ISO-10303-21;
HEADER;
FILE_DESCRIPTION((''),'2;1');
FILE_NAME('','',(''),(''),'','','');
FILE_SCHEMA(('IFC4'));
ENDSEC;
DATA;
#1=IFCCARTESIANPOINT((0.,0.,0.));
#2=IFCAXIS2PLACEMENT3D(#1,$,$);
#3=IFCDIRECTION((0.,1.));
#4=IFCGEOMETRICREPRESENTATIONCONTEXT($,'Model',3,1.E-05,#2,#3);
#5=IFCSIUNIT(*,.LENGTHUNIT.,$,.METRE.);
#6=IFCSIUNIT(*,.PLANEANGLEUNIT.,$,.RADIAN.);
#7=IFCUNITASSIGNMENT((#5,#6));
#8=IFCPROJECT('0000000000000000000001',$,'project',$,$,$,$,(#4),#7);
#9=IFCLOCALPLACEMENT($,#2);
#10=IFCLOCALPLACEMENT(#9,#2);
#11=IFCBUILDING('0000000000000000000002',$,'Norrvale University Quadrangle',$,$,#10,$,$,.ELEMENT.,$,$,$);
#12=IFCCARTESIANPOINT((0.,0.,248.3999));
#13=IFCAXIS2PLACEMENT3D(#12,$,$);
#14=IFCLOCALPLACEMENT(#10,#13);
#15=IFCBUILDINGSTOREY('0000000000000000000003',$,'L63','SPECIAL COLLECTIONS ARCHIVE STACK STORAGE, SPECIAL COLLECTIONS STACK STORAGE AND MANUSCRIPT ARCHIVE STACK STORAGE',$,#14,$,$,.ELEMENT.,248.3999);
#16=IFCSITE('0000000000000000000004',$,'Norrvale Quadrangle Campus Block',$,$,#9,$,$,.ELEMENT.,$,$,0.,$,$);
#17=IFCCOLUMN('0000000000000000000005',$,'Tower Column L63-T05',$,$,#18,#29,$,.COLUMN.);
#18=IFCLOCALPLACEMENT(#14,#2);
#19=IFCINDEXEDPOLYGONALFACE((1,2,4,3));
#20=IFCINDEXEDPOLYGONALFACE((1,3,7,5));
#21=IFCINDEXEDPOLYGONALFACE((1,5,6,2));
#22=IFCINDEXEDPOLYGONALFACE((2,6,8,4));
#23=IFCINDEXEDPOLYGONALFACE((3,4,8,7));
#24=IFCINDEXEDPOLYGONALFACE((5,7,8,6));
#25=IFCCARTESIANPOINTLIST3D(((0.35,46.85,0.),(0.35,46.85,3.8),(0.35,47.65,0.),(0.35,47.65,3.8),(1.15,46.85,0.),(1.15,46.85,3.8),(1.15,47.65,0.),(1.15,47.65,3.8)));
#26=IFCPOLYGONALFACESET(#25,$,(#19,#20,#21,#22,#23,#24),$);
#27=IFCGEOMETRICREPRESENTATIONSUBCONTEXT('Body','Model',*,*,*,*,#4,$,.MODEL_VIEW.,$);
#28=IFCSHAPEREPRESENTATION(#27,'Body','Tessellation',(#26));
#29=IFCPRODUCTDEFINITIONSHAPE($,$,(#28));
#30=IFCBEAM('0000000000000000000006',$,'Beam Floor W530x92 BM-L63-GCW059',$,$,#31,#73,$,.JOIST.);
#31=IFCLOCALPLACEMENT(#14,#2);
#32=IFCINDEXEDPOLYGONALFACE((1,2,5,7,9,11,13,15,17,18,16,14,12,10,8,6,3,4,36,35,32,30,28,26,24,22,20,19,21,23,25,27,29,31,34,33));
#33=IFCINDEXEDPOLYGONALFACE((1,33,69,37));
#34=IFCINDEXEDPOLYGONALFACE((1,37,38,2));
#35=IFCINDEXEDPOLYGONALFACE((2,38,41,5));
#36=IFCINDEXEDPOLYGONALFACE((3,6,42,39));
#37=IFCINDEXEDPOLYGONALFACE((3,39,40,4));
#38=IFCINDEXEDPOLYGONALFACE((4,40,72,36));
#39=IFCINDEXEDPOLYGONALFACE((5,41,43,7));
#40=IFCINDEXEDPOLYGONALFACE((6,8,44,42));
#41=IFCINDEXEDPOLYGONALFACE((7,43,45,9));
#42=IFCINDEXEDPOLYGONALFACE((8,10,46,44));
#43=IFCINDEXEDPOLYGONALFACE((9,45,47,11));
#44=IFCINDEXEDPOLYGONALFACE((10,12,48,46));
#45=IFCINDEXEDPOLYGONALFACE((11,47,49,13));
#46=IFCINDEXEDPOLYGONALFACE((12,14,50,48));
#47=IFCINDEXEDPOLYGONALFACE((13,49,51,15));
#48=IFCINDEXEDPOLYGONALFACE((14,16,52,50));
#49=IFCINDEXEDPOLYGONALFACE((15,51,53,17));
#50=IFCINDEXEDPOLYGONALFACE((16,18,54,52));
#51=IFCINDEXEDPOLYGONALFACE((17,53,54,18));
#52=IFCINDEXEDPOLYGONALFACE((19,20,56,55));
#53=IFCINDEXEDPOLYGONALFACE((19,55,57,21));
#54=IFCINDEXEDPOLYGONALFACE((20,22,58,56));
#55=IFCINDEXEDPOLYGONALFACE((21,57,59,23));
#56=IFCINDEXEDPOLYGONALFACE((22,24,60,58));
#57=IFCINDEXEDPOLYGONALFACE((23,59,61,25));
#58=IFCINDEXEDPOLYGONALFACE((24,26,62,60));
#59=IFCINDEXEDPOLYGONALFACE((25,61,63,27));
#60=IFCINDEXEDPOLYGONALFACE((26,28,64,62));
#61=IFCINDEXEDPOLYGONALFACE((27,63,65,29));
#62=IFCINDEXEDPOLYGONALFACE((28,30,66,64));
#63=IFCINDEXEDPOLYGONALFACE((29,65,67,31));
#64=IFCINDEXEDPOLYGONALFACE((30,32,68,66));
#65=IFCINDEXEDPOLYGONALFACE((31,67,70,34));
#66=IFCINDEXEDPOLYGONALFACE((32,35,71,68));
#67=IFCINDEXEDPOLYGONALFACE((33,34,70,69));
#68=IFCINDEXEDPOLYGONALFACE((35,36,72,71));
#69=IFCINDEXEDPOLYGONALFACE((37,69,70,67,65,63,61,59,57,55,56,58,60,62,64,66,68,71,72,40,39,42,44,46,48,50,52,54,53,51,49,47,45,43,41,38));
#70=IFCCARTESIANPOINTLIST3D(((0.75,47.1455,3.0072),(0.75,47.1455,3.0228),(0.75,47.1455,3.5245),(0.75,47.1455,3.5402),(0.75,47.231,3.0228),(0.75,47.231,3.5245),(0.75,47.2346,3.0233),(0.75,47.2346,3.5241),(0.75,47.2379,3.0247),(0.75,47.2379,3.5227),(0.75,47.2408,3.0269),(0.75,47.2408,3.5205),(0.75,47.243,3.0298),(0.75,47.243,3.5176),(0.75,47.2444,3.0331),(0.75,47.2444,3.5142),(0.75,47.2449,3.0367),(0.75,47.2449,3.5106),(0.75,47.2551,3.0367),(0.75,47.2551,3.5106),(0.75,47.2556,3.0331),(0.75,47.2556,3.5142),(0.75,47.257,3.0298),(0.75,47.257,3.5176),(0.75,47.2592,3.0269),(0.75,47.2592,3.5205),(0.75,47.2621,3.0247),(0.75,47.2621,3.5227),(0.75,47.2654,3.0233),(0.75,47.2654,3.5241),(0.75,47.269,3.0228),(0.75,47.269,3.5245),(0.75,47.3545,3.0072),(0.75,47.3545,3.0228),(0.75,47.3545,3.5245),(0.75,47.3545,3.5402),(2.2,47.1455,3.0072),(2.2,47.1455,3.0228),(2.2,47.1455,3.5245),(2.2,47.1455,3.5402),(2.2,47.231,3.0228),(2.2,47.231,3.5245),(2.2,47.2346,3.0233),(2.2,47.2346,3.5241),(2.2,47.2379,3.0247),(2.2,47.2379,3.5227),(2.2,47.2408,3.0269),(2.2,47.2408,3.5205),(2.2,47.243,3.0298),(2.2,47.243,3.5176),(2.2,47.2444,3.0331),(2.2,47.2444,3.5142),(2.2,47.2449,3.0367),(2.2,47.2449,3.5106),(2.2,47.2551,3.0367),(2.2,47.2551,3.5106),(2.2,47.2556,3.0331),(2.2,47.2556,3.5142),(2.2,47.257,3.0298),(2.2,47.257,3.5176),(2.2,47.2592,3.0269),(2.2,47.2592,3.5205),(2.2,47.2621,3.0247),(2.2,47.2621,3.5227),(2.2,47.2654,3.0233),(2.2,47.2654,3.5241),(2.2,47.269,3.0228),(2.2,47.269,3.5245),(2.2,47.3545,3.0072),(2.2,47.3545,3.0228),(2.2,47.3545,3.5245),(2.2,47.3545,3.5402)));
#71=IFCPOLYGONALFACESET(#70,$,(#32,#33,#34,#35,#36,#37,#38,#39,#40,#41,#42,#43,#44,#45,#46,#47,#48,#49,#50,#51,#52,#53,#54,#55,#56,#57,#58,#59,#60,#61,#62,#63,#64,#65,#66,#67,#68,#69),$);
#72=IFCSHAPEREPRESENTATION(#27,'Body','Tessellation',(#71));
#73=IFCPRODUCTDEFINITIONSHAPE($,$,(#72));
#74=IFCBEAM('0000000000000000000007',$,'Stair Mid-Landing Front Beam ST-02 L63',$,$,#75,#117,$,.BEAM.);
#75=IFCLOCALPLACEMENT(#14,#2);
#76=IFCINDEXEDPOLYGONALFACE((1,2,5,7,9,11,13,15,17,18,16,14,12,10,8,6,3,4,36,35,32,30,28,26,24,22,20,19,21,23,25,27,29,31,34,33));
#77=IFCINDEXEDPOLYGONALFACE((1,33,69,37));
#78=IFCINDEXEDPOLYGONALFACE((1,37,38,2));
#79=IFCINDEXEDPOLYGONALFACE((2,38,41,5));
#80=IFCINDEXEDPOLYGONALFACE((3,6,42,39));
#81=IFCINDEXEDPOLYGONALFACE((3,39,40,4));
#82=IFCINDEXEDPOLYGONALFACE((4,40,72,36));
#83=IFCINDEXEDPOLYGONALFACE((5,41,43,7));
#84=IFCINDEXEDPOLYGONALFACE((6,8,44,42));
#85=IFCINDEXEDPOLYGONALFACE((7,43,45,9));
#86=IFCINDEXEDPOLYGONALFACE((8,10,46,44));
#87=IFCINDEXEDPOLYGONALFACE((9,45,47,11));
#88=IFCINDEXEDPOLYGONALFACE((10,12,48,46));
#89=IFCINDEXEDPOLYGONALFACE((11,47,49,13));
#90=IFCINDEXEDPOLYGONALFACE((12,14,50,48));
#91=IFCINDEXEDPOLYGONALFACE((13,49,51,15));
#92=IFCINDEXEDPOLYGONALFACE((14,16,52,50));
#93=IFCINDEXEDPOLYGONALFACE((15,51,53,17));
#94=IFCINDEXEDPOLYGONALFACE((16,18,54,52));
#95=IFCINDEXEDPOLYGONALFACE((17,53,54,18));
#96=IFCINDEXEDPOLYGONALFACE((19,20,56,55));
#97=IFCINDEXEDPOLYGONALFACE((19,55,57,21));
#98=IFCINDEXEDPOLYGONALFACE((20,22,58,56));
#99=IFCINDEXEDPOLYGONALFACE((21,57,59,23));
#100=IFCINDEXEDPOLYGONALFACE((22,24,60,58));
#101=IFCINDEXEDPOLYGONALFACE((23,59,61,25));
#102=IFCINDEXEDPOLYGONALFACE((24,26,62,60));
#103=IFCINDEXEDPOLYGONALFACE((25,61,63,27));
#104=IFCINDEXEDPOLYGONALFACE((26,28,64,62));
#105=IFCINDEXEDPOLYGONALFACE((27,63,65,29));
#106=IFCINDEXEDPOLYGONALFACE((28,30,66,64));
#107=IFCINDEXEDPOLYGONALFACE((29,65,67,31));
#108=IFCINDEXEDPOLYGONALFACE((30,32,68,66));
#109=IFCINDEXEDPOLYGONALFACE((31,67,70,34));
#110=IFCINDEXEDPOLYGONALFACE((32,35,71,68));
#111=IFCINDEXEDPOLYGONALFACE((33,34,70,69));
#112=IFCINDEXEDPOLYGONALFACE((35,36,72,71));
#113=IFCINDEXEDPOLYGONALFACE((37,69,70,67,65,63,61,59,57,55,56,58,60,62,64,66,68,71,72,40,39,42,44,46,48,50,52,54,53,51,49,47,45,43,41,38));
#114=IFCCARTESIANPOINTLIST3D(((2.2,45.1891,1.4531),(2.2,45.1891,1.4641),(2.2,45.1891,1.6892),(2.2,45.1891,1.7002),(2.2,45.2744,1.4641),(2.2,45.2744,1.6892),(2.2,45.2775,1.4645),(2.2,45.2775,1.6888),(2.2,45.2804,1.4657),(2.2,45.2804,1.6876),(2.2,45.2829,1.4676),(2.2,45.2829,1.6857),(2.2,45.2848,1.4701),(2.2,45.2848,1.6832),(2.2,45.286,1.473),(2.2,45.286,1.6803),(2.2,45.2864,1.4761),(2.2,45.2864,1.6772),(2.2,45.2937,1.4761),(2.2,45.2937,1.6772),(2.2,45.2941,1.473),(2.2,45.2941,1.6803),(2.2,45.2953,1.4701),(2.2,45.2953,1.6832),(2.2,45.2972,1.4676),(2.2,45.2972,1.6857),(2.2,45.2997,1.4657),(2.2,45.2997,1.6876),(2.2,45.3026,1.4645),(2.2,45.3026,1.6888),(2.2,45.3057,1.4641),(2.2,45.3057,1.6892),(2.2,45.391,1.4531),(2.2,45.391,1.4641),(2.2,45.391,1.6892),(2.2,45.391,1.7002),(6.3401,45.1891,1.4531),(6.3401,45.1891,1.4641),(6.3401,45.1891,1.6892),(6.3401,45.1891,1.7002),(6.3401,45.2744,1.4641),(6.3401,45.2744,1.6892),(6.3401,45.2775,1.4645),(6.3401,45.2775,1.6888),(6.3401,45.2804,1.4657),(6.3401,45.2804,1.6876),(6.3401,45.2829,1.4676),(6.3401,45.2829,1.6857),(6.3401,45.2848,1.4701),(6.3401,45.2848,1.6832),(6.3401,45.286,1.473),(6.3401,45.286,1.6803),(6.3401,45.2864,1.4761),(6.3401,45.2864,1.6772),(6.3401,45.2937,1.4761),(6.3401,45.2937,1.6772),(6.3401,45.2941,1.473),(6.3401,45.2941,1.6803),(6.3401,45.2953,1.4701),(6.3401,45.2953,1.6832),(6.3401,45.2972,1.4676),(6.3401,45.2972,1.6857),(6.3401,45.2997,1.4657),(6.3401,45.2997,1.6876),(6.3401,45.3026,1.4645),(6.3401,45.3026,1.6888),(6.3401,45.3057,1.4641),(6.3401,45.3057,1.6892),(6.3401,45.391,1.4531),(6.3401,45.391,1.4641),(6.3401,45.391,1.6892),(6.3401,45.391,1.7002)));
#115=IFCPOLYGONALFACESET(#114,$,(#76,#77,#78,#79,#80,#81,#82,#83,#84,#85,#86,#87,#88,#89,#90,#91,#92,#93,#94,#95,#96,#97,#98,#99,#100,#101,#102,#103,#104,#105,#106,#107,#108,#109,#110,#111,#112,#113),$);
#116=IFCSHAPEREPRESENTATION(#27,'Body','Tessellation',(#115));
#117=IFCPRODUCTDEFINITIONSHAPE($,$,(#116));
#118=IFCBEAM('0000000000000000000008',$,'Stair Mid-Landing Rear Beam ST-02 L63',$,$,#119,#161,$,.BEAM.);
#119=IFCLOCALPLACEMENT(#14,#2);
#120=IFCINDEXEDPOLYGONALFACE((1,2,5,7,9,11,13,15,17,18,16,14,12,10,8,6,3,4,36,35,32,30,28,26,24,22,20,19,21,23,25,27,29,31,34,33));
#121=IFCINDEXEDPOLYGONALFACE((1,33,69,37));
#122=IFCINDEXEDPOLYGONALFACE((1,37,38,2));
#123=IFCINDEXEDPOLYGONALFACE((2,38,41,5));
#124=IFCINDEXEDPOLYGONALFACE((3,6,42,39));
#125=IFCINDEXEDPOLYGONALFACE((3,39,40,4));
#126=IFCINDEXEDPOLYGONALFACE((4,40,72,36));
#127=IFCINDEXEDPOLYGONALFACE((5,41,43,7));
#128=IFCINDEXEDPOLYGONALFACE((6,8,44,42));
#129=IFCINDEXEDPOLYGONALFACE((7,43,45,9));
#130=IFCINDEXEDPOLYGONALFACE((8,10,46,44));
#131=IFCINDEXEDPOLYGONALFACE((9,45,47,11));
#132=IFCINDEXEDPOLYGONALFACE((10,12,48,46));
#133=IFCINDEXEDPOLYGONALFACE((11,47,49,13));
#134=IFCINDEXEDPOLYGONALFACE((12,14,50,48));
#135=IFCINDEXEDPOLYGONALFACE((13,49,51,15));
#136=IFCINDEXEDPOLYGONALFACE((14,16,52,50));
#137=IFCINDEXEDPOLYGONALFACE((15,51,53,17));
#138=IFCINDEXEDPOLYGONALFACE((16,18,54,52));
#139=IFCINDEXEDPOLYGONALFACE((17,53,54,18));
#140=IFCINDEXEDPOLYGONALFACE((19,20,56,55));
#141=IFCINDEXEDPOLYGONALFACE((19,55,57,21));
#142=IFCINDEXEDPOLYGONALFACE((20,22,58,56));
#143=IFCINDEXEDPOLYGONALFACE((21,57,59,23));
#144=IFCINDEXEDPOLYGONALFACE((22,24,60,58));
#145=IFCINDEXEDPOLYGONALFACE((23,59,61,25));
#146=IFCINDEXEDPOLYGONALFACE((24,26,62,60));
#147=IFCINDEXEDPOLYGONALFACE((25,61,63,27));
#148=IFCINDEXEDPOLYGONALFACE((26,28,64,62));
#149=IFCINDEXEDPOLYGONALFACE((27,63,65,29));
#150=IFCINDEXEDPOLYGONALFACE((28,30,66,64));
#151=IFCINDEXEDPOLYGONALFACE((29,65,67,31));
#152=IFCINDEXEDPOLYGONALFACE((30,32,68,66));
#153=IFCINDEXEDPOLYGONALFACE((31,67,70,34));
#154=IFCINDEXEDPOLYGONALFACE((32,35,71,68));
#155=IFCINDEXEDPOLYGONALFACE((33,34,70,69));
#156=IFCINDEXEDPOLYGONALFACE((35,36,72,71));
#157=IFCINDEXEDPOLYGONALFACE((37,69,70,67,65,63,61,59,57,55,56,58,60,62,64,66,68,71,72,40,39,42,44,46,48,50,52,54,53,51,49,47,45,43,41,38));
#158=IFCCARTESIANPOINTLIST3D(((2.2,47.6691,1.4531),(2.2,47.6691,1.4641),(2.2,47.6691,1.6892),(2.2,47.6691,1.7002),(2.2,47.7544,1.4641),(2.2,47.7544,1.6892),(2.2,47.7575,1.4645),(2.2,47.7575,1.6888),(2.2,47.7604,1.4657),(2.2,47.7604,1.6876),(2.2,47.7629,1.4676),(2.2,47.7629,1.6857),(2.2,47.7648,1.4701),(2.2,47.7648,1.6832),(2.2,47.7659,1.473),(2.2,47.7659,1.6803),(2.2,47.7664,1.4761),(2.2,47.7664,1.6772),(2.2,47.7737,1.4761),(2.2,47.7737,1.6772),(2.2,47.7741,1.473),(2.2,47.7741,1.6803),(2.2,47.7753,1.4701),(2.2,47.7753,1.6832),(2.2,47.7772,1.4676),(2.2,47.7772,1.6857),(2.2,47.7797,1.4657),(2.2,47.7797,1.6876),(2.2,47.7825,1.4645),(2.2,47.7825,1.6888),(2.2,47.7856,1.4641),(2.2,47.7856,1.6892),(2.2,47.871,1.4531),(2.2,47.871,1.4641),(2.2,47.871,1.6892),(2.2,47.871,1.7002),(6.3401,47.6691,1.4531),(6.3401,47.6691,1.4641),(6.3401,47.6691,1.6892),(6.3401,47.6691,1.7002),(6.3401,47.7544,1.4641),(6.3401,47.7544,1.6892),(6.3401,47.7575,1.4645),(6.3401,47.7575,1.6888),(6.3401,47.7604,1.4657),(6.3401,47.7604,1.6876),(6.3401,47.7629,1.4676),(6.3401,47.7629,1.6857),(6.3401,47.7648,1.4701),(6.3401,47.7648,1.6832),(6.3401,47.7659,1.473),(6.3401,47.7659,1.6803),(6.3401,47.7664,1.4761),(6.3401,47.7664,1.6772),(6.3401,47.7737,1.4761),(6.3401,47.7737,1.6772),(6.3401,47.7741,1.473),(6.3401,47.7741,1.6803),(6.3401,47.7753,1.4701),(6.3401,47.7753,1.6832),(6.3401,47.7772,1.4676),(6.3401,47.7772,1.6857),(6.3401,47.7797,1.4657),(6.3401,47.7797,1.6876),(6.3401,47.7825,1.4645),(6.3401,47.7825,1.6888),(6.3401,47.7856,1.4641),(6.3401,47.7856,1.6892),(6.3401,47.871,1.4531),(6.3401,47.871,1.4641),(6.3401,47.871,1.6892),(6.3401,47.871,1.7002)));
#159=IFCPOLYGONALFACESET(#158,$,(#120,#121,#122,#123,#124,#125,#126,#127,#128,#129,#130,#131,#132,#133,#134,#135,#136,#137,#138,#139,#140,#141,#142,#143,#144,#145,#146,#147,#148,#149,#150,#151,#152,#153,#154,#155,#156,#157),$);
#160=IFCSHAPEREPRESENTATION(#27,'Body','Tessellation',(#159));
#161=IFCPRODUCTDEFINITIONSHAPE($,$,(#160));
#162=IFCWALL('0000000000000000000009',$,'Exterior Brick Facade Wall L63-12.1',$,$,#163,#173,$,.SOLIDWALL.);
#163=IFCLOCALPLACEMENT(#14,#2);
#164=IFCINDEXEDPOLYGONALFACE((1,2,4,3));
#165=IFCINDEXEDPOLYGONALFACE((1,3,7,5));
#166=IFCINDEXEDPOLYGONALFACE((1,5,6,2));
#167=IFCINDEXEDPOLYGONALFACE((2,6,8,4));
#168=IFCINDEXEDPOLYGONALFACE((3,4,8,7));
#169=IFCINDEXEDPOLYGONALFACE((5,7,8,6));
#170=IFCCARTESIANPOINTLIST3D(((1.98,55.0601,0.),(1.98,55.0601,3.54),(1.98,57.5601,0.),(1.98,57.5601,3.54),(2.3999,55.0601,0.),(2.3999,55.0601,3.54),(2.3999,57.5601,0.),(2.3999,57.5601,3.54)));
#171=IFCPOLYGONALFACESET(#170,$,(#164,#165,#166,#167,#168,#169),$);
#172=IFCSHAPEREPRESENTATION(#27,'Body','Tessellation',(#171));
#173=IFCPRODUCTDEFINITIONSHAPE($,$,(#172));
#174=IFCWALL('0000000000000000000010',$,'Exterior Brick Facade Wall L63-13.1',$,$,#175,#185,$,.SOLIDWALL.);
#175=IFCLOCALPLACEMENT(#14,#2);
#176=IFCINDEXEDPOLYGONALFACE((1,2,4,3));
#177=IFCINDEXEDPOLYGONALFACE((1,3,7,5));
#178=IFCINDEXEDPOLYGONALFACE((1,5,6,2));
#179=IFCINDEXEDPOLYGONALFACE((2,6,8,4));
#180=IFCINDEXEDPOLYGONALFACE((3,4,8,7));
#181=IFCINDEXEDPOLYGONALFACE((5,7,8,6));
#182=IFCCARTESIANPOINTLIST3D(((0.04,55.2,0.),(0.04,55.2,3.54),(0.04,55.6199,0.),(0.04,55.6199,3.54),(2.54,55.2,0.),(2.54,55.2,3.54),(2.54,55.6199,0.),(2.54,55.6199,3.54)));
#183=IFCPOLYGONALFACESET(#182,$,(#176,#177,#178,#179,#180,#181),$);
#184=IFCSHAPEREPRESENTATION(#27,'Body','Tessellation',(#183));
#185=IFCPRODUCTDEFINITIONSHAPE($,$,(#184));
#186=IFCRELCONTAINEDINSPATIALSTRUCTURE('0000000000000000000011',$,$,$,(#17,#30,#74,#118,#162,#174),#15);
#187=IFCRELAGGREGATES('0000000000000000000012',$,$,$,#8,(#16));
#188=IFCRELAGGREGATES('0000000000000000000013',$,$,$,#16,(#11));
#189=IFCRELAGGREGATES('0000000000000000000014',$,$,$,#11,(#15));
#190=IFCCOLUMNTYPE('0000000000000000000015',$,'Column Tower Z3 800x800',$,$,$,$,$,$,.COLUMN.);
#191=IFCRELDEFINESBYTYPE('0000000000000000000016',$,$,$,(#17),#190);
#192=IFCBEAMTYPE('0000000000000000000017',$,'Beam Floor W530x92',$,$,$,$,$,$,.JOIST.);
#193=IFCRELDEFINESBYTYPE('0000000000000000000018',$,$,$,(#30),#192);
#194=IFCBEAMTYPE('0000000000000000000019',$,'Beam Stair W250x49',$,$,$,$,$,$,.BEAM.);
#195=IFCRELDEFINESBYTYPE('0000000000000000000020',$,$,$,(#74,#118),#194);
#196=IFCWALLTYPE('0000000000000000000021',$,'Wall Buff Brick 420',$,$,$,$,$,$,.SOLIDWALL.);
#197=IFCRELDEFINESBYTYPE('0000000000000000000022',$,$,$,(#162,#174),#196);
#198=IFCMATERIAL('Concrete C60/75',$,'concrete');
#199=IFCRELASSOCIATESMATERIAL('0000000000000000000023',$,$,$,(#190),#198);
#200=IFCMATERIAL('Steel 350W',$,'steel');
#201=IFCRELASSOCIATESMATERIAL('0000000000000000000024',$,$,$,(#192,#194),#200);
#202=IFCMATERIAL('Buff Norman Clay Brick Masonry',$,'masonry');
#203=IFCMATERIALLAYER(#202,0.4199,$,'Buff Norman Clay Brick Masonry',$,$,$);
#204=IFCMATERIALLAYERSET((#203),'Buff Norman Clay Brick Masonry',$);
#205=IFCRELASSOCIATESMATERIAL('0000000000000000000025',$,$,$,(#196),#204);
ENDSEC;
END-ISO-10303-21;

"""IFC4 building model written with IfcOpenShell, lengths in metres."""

from ifc_helpers import new_model, si_unit, direction, frame, frame_2d, origin, origin_2d, place, context, subcontext, project, spatial, rectangle, i_section, extrude, material, layer, layer_set, material_profile, profile_set, type_object, element, save


model = new_model("IFC4")

# Units and contexts
model_context = context("Model", 3, precision=1e-05, world=origin(), true_north=direction((0.0, 1.0)))
body_context = subcontext(model_context, "Body", "Model", "MODEL_VIEW")
ifc_project = project(units=[si_unit("LENGTHUNIT", "METRE"), si_unit("PLANEANGLEUNIT", "RADIAN")], contexts=[model_context])

# Site, building, storey
site_placement = place(None, origin())
site = spatial("IfcSite", under=ifc_project, at=site_placement, Name="Norrvale Quadrangle Campus Block", CompositionType="ELEMENT", RefElevation=0.0)
building_placement = place(site_placement, origin())
building = spatial("IfcBuilding", under=site, at=building_placement, Name="Norrvale University Quadrangle", CompositionType="ELEMENT")
storey_placement = place(building_placement, frame((0.0, 0.0, 248.3999)))
storey = spatial("IfcBuildingStorey", under=building, at=storey_placement, Name="L63", Description="SPECIAL COLLECTIONS ARCHIVE STACK STORAGE, SPECIAL COLLECTIONS STACK STORAGE AND MANUSCRIPT ARCHIVE STACK STORAGE", CompositionType="ELEMENT", Elevation=248.3999)

# Column
ifc_material_1 = material(Name="Concrete C60/75", Category="concrete")
ifc_material_profile_1 = material_profile(ifc_material_1, rectangle(XDim=0.8, YDim=0.8, at=origin_2d()), Name="Concrete C60/75")
ifc_profile_set_1 = profile_set([ifc_material_profile_1], Name="Concrete C60/75")
column_type = type_object("IfcColumnType", Name="Column Tower Z3 800x800", PredefinedType="COLUMN", material=ifc_profile_set_1)
column_placement = place(storey_placement, frame((0.75, 47.25, 0.0), z_axis=(0.0, 0.0, 1.0), x_axis=(1.0, 0.0, 0.0)))
element("IfcColumn", 1, at=column_placement, inside=storey, type_object=column_type, Name="Tower Column L63-T05", PredefinedType="COLUMN", context=body_context, shape_type="SweptSolid", body=[
    extrude(rectangle(XDim=0.8, YDim=0.8, at=origin_2d()), origin(), (0.0, 0.0, 1.0), 3.8),
])

# Beams
ifc_material_2 = material(Name="Steel 350W", Category="steel")
ifc_material_profile_2 = material_profile(ifc_material_2, i_section(OverallWidth=0.209, OverallDepth=0.533, WebThickness=0.0103, FlangeThickness=0.0156, FilletRadius=0.0139, at=origin_2d()), Name="Steel 350W")
ifc_profile_set_2 = profile_set([ifc_material_profile_2], Name="Steel 350W")
beam_type_1 = type_object("IfcBeamType", Name="Beam Floor W530x92", PredefinedType="JOIST", material=ifc_profile_set_2)
beam_placement = place(storey_placement, frame((0.75, 47.25, 3.2737), z_axis=(1.0, 0.0, 0.0), x_axis=(0.0, 1.0, 0.0)))
element("IfcBeam", 2, at=beam_placement, inside=storey, type_object=beam_type_1, Name="Beam Floor W530x92 BM-L63-GCW059", PredefinedType="JOIST", context=body_context, shape_type="SweptSolid", body=[
    extrude(i_section(OverallWidth=0.209, OverallDepth=0.533, WebThickness=0.0103, FlangeThickness=0.0156, FilletRadius=0.0139, at=origin_2d()), origin(), (0.0, 0.0, 1.0), 1.45),
])
ifc_material_profile_3 = material_profile(ifc_material_2, i_section(OverallWidth=0.2019, OverallDepth=0.2471, WebThickness=0.0073, FlangeThickness=0.011, FilletRadius=0.012, at=origin_2d()), Name="Steel 350W")
ifc_profile_set_3 = profile_set([ifc_material_profile_3], Name="Steel 350W")
beam_type_2 = type_object("IfcBeamType", Name="Beam Stair W250x49", PredefinedType="BEAM", material=ifc_profile_set_3)
for number, where, z_axis, x_axis, name in (
    (3, (2.2, 45.29, 1.5767), (1.0, 0.0, 0.0), (0.0, 1.0, 0.0), "Stair Mid-Landing Front Beam ST-02 L63"),
    (4, (2.2, 47.77, 1.5767), (1.0, 0.0, 0.0), (0.0, 1.0, 0.0), "Stair Mid-Landing Rear Beam ST-02 L63"),
):
    element("IfcBeam", number, at=place(storey_placement, frame(where, z_axis=z_axis, x_axis=x_axis)), inside=storey, type_object=beam_type_2, Name=name, PredefinedType="BEAM", context=body_context, shape_type="SweptSolid", body=[
        extrude(i_section(OverallWidth=0.2019, OverallDepth=0.2471, WebThickness=0.0073, FlangeThickness=0.011, FilletRadius=0.012, at=origin_2d()), origin(), (0.0, 0.0, 1.0), 4.1401),
    ])

# Walls
ifc_material_3 = material(Name="Buff Norman Clay Brick Masonry", Category="masonry")
ifc_layer_1 = layer(ifc_material_3, 0.4199, Name="Buff Norman Clay Brick Masonry")
ifc_layer_set_1 = layer_set([ifc_layer_1], Name="Buff Norman Clay Brick Masonry")
wall_type_1 = type_object("IfcWallType", Name="Wall Buff Brick 420", PredefinedType="SOLIDWALL", material=ifc_layer_set_1)
for number, where, z_axis, x_axis, name in (
    (5, (2.1899, 57.5601, 0.0), (0.0, 0.0, 1.0), (0.0, -1.0, 0.0), "Exterior Brick Facade Wall L63-12.1"),
    (6, (2.54, 55.4099, 0.0), (0.0, 0.0, 1.0), (-1.0, 0.0, 0.0), "Exterior Brick Facade Wall L63-13.1"),
):
    element("IfcWall", number, at=place(storey_placement, frame(where, z_axis=z_axis, x_axis=x_axis)), inside=storey, type_object=wall_type_1, Name=name, PredefinedType="SOLIDWALL", context=body_context, shape_type="SweptSolid", body=[
        extrude(rectangle(XDim=2.5, YDim=0.4199, at=frame_2d((1.25, 0.0))), origin(), (0.0, 0.0, 1.0), 3.54),
    ])

save(model, "model.ifc")
